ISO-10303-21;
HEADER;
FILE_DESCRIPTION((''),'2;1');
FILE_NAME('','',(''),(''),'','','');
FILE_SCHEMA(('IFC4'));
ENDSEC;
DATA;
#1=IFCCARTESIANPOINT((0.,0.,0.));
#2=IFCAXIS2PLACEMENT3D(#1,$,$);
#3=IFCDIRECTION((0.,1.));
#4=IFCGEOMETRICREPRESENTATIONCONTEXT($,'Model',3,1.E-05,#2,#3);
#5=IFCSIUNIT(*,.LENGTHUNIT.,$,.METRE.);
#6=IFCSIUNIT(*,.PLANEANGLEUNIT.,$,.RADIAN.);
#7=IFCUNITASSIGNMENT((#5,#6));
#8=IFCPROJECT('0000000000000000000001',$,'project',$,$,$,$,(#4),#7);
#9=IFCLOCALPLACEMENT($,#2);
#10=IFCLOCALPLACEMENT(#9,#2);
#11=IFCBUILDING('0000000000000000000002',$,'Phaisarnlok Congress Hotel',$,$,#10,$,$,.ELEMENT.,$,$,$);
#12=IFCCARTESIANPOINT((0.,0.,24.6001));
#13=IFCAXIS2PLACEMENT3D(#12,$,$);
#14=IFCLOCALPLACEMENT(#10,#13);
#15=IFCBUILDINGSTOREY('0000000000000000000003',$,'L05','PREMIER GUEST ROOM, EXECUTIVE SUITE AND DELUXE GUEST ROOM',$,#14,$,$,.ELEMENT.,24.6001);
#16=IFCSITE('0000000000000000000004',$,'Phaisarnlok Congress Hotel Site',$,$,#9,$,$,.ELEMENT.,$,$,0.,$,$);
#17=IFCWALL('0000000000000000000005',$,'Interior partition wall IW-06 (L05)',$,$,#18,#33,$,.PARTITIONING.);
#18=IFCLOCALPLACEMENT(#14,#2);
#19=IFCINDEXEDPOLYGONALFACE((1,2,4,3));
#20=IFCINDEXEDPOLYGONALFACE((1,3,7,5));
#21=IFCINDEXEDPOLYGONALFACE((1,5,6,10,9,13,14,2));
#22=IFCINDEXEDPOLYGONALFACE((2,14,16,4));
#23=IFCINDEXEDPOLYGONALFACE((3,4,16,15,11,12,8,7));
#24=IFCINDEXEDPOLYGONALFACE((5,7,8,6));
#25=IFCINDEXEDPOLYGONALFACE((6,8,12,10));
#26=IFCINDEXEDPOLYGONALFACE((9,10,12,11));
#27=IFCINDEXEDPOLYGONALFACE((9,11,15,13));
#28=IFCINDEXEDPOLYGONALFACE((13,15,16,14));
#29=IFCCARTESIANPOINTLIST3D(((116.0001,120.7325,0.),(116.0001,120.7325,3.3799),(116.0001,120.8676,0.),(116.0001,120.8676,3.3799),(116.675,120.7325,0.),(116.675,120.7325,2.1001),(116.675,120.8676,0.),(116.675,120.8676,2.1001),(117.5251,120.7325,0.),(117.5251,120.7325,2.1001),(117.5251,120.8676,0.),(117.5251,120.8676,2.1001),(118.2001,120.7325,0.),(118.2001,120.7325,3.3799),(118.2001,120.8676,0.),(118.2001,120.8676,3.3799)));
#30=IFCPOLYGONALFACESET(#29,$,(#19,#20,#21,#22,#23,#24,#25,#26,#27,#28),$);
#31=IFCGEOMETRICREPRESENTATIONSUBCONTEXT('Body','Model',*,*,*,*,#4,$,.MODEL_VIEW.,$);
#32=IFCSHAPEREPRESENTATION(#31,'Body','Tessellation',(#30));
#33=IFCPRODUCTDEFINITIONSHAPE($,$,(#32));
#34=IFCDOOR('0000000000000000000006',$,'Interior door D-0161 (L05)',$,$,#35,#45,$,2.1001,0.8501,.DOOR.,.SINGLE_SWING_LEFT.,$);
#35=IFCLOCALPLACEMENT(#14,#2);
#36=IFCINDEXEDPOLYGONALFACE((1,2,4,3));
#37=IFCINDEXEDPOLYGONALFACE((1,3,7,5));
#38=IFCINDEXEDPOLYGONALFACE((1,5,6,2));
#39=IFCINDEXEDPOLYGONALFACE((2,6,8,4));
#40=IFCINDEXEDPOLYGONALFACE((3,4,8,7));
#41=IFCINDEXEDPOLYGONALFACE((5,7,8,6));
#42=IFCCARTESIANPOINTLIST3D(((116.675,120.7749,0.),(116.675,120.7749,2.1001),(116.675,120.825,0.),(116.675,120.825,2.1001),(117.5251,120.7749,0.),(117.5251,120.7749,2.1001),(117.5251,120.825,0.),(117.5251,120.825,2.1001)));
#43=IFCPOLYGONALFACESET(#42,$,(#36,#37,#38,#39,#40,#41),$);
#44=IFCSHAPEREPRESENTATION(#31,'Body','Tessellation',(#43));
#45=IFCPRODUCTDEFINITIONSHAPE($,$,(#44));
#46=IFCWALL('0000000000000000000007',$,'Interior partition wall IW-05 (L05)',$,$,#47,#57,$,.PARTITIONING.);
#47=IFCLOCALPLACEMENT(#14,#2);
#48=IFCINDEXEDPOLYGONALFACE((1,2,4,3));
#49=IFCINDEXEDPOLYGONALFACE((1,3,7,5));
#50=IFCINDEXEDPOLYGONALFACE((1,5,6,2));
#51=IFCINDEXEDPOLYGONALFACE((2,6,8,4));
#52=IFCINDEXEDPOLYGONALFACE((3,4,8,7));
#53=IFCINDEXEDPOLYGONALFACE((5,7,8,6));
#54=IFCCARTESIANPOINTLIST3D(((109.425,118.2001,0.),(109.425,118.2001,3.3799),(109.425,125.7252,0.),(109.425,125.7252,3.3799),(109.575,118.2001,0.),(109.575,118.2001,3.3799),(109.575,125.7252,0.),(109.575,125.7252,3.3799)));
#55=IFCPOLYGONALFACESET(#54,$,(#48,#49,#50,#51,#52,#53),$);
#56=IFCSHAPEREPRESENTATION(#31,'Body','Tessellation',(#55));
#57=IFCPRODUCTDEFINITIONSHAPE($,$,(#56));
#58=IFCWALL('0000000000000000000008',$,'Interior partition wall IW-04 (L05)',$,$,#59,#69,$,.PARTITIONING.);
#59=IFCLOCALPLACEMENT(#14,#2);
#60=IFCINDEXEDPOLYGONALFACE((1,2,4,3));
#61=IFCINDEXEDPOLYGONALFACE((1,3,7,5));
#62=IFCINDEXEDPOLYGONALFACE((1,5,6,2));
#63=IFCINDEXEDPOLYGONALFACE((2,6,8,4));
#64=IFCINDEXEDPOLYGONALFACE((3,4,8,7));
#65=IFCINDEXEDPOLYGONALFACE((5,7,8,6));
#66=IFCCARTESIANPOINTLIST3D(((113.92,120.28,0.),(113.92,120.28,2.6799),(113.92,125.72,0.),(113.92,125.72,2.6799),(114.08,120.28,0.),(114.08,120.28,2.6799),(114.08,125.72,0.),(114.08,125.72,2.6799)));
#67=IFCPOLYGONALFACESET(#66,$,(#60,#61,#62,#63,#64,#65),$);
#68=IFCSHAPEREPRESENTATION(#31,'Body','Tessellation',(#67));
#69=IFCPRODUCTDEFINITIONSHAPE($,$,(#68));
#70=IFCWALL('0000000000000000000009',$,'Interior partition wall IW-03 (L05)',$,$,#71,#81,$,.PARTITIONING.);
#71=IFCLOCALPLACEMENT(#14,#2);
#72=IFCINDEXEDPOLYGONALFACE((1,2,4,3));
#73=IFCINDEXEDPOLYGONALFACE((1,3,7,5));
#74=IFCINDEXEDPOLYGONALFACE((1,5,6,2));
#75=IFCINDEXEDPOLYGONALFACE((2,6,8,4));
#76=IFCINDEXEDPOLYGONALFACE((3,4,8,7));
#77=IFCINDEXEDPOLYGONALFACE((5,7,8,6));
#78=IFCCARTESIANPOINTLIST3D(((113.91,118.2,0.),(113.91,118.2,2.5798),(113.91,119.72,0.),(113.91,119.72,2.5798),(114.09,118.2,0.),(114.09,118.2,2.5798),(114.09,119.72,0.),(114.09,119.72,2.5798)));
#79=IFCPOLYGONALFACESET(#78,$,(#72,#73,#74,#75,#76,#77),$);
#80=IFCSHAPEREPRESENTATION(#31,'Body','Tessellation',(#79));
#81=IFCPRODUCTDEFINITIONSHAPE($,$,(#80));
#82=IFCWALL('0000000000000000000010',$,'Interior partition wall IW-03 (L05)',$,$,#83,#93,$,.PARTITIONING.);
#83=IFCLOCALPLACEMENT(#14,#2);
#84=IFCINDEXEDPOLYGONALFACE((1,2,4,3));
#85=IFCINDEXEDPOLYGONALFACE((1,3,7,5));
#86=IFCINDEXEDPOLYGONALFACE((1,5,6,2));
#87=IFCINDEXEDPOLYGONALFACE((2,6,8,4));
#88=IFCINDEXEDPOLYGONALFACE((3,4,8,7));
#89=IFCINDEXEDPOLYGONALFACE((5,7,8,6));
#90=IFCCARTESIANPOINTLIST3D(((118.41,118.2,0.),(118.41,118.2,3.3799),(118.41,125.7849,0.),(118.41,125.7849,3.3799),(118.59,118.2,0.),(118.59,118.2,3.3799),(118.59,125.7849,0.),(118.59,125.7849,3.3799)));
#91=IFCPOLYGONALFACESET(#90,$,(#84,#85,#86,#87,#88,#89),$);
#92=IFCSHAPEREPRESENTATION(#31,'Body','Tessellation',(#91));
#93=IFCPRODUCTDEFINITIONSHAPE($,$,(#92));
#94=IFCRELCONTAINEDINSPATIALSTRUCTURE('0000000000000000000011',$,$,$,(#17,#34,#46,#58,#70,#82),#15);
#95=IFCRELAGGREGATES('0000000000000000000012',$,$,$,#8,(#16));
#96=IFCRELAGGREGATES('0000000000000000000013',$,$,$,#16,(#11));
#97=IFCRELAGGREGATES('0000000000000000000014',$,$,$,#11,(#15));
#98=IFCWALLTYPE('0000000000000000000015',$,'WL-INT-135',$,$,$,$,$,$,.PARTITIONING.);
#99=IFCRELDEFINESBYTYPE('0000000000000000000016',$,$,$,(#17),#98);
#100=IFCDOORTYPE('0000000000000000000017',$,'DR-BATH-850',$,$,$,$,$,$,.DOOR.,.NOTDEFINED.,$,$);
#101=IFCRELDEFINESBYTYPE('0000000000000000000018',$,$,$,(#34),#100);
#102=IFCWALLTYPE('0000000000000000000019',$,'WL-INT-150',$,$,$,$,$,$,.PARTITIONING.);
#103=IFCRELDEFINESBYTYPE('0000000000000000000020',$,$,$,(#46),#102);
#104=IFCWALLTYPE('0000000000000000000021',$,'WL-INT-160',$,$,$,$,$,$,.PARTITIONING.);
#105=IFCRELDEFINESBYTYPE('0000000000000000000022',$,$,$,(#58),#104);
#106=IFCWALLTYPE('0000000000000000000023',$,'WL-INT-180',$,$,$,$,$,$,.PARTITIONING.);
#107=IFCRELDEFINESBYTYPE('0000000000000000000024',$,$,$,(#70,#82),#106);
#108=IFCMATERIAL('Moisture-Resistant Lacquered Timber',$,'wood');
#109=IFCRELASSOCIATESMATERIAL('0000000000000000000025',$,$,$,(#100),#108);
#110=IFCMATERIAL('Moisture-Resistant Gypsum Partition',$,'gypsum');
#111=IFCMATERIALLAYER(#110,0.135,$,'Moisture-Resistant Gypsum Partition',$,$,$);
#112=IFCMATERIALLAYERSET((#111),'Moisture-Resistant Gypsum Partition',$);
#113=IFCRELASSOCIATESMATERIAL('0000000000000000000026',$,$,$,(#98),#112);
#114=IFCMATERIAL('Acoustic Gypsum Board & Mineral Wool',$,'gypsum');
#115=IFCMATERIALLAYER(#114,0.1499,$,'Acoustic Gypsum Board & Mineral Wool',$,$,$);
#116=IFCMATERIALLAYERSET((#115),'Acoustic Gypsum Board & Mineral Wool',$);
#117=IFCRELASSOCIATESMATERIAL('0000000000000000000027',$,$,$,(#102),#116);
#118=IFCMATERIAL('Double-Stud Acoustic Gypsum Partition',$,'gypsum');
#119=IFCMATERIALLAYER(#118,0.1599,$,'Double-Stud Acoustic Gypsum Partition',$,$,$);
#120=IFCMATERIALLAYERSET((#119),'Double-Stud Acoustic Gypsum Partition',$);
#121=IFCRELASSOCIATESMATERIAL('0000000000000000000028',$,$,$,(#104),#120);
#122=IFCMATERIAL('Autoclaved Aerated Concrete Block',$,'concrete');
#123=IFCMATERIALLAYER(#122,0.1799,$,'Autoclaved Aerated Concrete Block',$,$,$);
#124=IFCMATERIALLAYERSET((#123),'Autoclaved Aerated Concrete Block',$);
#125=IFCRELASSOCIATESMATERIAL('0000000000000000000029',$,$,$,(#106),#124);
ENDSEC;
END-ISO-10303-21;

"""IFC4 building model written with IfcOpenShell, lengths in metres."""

from ifc_helpers import new_model, si_unit, direction, frame, frame_2d, origin, place, context, subcontext, project, spatial, rectangle, extrude, material, layer, layer_set, type_object, element, fill, save


model = new_model("IFC4")

# Units and contexts
model_context = context("Model", 3, precision=1e-05, world=origin(), true_north=direction((0.0, 1.0)))
body_context = subcontext(model_context, "Body", "Model", "MODEL_VIEW")
ifc_project = project(units=[si_unit("LENGTHUNIT", "METRE"), si_unit("PLANEANGLEUNIT", "RADIAN")], contexts=[model_context])

# Site, building, storey
site_placement = place(None, origin())
site = spatial("IfcSite", under=ifc_project, at=site_placement, Name="Phaisarnlok Congress Hotel Site", CompositionType="ELEMENT", RefElevation=0.0)
building_placement = place(site_placement, origin())
building = spatial("IfcBuilding", under=site, at=building_placement, Name="Phaisarnlok Congress Hotel", CompositionType="ELEMENT")
storey_placement = place(building_placement, frame((0.0, 0.0, 24.6001)))
storey = spatial("IfcBuildingStorey", under=building, at=storey_placement, Name="L05", Description="PREMIER GUEST ROOM, EXECUTIVE SUITE AND DELUXE GUEST ROOM", CompositionType="ELEMENT", Elevation=24.6001)

# Shared definitions
ifc_material_1 = material(Name="Moisture-Resistant Lacquered Timber", Category="wood")
door_type = type_object("IfcDoorType", Name="DR-BATH-850", OperationType="NOTDEFINED", PredefinedType="DOOR", material=ifc_material_1)

# Shared definitions
ifc_material_2 = material(Name="Moisture-Resistant Gypsum Partition", Category="gypsum")
ifc_layer_1 = layer(ifc_material_2, 0.135, Name="Moisture-Resistant Gypsum Partition")
ifc_layer_set_1 = layer_set([ifc_layer_1], Name="Moisture-Resistant Gypsum Partition")
wall_type_1 = type_object("IfcWallType", Name="WL-INT-135", PredefinedType="PARTITIONING", material=ifc_layer_set_1)

# Wall, opening, door
wall_1_placement = place(storey_placement, frame((116.0, 120.8, 0.0), z_axis=(0.0, 0.0, 1.0), x_axis=(1.0, 0.0, 0.0)))
wall_1 = element("IfcWall", 1, at=wall_1_placement, inside=storey, type_object=wall_type_1, Name="Interior partition wall IW-06 (L05)", PredefinedType="PARTITIONING", context=body_context, shape_type="SweptSolid", body=[
    extrude(rectangle(XDim=2.2, YDim=0.135, at=frame_2d((1.1001, 0.0))), origin(), (0.0, 0.0, 1.0), 3.3799),
])
opening_1_placement = place(wall_1_placement, frame((0.675, 0.0, 0.0)))
opening_1 = element("IfcOpeningElement", 2, at=opening_1_placement, cuts=wall_1, PredefinedType="OPENING", context=body_context, shape_type="SweptSolid", body=[
    extrude(rectangle(XDim=0.8501, YDim=2.1001, at=frame_2d((0.425, 1.05))), frame((0.0, 0.0776, 0.0), z_axis=(0.0, -1.0, 0.0), x_axis=(1.0, 0.0, 0.0)), (0.0, 0.0, 1.0), 0.155),
])
door_1_placement = place(opening_1_placement, origin())
door_1 = element("IfcDoor", 3, at=door_1_placement, inside=storey, type_object=door_type, Name="Interior door D-0161 (L05)", OperationType="SINGLE_SWING_LEFT", OverallHeight=2.1001, OverallWidth=0.8501, PredefinedType="DOOR", context=body_context, shape_type="SweptSolid", body=[
    extrude(rectangle(XDim=0.8501, YDim=2.1001, at=frame_2d((0.425, 1.05))), frame((0.0, 0.0249, 0.0), z_axis=(0.0, -1.0, 0.0), x_axis=(1.0, 0.0, 0.0)), (0.0, 0.0, 1.0), 0.05),
])
fill(opening_1, door_1)

# Walls
ifc_material_3 = material(Name="Acoustic Gypsum Board & Mineral Wool", Category="gypsum")
ifc_layer_2 = layer(ifc_material_3, 0.1499, Name="Acoustic Gypsum Board & Mineral Wool")
ifc_layer_set_2 = layer_set([ifc_layer_2], Name="Acoustic Gypsum Board & Mineral Wool")
wall_type_2 = type_object("IfcWallType", Name="WL-INT-150", PredefinedType="PARTITIONING", material=ifc_layer_set_2)
wall_2_placement = place(storey_placement, frame((109.5, 118.2, 0.0), z_axis=(0.0, 0.0, 1.0), x_axis=(0.0, 1.0, 0.0)))
element("IfcWall", 4, at=wall_2_placement, inside=storey, type_object=wall_type_2, Name="Interior partition wall IW-05 (L05)", PredefinedType="PARTITIONING", context=body_context, shape_type="SweptSolid", body=[
    extrude(rectangle(XDim=7.5251, YDim=0.1499, at=frame_2d((3.7627, 0.0))), origin(), (0.0, 0.0, 1.0), 3.3799),
])
ifc_material_4 = material(Name="Double-Stud Acoustic Gypsum Partition", Category="gypsum")
ifc_layer_3 = layer(ifc_material_4, 0.1599, Name="Double-Stud Acoustic Gypsum Partition")
ifc_layer_set_3 = layer_set([ifc_layer_3], Name="Double-Stud Acoustic Gypsum Partition")
wall_type_3 = type_object("IfcWallType", Name="WL-INT-160", PredefinedType="PARTITIONING", material=ifc_layer_set_3)
wall_3_placement = place(storey_placement, frame((114.0, 120.28, 0.0), z_axis=(0.0, 0.0, 1.0), x_axis=(0.0, 1.0, 0.0)))
element("IfcWall", 5, at=wall_3_placement, inside=storey, type_object=wall_type_3, Name="Interior partition wall IW-04 (L05)", PredefinedType="PARTITIONING", context=body_context, shape_type="SweptSolid", body=[
    extrude(rectangle(XDim=5.4399, YDim=0.1599, at=frame_2d((2.72, 0.0))), origin(), (0.0, 0.0, 1.0), 2.6799),
])
ifc_material_5 = material(Name="Autoclaved Aerated Concrete Block", Category="concrete")
ifc_layer_4 = layer(ifc_material_5, 0.1799, Name="Autoclaved Aerated Concrete Block")
ifc_layer_set_4 = layer_set([ifc_layer_4], Name="Autoclaved Aerated Concrete Block")
wall_type_4 = type_object("IfcWallType", Name="WL-INT-180", PredefinedType="PARTITIONING", material=ifc_layer_set_4)
wall_4_placement = place(storey_placement, frame((114.0, 118.2, 0.0), z_axis=(0.0, 0.0, 1.0), x_axis=(0.0, 1.0, 0.0)))
element("IfcWall", 6, at=wall_4_placement, inside=storey, type_object=wall_type_4, Name="Interior partition wall IW-03 (L05)", PredefinedType="PARTITIONING", context=body_context, shape_type="SweptSolid", body=[
    extrude(rectangle(XDim=1.52, YDim=0.1799, at=frame_2d((0.76, 0.0))), origin(), (0.0, 0.0, 1.0), 2.5798),
])
wall_5_placement = place(storey_placement, frame((118.5, 118.2, 0.0), z_axis=(0.0, 0.0, 1.0), x_axis=(0.0, 1.0, 0.0)))
element("IfcWall", 7, at=wall_5_placement, inside=storey, type_object=wall_type_4, Name="Interior partition wall IW-03 (L05)", PredefinedType="PARTITIONING", context=body_context, shape_type="SweptSolid", body=[
    extrude(rectangle(XDim=7.585, YDim=0.1799, at=frame_2d((3.7925, 0.0))), origin(), (0.0, 0.0, 1.0), 3.3799),
])

save(model, "model.ifc")
